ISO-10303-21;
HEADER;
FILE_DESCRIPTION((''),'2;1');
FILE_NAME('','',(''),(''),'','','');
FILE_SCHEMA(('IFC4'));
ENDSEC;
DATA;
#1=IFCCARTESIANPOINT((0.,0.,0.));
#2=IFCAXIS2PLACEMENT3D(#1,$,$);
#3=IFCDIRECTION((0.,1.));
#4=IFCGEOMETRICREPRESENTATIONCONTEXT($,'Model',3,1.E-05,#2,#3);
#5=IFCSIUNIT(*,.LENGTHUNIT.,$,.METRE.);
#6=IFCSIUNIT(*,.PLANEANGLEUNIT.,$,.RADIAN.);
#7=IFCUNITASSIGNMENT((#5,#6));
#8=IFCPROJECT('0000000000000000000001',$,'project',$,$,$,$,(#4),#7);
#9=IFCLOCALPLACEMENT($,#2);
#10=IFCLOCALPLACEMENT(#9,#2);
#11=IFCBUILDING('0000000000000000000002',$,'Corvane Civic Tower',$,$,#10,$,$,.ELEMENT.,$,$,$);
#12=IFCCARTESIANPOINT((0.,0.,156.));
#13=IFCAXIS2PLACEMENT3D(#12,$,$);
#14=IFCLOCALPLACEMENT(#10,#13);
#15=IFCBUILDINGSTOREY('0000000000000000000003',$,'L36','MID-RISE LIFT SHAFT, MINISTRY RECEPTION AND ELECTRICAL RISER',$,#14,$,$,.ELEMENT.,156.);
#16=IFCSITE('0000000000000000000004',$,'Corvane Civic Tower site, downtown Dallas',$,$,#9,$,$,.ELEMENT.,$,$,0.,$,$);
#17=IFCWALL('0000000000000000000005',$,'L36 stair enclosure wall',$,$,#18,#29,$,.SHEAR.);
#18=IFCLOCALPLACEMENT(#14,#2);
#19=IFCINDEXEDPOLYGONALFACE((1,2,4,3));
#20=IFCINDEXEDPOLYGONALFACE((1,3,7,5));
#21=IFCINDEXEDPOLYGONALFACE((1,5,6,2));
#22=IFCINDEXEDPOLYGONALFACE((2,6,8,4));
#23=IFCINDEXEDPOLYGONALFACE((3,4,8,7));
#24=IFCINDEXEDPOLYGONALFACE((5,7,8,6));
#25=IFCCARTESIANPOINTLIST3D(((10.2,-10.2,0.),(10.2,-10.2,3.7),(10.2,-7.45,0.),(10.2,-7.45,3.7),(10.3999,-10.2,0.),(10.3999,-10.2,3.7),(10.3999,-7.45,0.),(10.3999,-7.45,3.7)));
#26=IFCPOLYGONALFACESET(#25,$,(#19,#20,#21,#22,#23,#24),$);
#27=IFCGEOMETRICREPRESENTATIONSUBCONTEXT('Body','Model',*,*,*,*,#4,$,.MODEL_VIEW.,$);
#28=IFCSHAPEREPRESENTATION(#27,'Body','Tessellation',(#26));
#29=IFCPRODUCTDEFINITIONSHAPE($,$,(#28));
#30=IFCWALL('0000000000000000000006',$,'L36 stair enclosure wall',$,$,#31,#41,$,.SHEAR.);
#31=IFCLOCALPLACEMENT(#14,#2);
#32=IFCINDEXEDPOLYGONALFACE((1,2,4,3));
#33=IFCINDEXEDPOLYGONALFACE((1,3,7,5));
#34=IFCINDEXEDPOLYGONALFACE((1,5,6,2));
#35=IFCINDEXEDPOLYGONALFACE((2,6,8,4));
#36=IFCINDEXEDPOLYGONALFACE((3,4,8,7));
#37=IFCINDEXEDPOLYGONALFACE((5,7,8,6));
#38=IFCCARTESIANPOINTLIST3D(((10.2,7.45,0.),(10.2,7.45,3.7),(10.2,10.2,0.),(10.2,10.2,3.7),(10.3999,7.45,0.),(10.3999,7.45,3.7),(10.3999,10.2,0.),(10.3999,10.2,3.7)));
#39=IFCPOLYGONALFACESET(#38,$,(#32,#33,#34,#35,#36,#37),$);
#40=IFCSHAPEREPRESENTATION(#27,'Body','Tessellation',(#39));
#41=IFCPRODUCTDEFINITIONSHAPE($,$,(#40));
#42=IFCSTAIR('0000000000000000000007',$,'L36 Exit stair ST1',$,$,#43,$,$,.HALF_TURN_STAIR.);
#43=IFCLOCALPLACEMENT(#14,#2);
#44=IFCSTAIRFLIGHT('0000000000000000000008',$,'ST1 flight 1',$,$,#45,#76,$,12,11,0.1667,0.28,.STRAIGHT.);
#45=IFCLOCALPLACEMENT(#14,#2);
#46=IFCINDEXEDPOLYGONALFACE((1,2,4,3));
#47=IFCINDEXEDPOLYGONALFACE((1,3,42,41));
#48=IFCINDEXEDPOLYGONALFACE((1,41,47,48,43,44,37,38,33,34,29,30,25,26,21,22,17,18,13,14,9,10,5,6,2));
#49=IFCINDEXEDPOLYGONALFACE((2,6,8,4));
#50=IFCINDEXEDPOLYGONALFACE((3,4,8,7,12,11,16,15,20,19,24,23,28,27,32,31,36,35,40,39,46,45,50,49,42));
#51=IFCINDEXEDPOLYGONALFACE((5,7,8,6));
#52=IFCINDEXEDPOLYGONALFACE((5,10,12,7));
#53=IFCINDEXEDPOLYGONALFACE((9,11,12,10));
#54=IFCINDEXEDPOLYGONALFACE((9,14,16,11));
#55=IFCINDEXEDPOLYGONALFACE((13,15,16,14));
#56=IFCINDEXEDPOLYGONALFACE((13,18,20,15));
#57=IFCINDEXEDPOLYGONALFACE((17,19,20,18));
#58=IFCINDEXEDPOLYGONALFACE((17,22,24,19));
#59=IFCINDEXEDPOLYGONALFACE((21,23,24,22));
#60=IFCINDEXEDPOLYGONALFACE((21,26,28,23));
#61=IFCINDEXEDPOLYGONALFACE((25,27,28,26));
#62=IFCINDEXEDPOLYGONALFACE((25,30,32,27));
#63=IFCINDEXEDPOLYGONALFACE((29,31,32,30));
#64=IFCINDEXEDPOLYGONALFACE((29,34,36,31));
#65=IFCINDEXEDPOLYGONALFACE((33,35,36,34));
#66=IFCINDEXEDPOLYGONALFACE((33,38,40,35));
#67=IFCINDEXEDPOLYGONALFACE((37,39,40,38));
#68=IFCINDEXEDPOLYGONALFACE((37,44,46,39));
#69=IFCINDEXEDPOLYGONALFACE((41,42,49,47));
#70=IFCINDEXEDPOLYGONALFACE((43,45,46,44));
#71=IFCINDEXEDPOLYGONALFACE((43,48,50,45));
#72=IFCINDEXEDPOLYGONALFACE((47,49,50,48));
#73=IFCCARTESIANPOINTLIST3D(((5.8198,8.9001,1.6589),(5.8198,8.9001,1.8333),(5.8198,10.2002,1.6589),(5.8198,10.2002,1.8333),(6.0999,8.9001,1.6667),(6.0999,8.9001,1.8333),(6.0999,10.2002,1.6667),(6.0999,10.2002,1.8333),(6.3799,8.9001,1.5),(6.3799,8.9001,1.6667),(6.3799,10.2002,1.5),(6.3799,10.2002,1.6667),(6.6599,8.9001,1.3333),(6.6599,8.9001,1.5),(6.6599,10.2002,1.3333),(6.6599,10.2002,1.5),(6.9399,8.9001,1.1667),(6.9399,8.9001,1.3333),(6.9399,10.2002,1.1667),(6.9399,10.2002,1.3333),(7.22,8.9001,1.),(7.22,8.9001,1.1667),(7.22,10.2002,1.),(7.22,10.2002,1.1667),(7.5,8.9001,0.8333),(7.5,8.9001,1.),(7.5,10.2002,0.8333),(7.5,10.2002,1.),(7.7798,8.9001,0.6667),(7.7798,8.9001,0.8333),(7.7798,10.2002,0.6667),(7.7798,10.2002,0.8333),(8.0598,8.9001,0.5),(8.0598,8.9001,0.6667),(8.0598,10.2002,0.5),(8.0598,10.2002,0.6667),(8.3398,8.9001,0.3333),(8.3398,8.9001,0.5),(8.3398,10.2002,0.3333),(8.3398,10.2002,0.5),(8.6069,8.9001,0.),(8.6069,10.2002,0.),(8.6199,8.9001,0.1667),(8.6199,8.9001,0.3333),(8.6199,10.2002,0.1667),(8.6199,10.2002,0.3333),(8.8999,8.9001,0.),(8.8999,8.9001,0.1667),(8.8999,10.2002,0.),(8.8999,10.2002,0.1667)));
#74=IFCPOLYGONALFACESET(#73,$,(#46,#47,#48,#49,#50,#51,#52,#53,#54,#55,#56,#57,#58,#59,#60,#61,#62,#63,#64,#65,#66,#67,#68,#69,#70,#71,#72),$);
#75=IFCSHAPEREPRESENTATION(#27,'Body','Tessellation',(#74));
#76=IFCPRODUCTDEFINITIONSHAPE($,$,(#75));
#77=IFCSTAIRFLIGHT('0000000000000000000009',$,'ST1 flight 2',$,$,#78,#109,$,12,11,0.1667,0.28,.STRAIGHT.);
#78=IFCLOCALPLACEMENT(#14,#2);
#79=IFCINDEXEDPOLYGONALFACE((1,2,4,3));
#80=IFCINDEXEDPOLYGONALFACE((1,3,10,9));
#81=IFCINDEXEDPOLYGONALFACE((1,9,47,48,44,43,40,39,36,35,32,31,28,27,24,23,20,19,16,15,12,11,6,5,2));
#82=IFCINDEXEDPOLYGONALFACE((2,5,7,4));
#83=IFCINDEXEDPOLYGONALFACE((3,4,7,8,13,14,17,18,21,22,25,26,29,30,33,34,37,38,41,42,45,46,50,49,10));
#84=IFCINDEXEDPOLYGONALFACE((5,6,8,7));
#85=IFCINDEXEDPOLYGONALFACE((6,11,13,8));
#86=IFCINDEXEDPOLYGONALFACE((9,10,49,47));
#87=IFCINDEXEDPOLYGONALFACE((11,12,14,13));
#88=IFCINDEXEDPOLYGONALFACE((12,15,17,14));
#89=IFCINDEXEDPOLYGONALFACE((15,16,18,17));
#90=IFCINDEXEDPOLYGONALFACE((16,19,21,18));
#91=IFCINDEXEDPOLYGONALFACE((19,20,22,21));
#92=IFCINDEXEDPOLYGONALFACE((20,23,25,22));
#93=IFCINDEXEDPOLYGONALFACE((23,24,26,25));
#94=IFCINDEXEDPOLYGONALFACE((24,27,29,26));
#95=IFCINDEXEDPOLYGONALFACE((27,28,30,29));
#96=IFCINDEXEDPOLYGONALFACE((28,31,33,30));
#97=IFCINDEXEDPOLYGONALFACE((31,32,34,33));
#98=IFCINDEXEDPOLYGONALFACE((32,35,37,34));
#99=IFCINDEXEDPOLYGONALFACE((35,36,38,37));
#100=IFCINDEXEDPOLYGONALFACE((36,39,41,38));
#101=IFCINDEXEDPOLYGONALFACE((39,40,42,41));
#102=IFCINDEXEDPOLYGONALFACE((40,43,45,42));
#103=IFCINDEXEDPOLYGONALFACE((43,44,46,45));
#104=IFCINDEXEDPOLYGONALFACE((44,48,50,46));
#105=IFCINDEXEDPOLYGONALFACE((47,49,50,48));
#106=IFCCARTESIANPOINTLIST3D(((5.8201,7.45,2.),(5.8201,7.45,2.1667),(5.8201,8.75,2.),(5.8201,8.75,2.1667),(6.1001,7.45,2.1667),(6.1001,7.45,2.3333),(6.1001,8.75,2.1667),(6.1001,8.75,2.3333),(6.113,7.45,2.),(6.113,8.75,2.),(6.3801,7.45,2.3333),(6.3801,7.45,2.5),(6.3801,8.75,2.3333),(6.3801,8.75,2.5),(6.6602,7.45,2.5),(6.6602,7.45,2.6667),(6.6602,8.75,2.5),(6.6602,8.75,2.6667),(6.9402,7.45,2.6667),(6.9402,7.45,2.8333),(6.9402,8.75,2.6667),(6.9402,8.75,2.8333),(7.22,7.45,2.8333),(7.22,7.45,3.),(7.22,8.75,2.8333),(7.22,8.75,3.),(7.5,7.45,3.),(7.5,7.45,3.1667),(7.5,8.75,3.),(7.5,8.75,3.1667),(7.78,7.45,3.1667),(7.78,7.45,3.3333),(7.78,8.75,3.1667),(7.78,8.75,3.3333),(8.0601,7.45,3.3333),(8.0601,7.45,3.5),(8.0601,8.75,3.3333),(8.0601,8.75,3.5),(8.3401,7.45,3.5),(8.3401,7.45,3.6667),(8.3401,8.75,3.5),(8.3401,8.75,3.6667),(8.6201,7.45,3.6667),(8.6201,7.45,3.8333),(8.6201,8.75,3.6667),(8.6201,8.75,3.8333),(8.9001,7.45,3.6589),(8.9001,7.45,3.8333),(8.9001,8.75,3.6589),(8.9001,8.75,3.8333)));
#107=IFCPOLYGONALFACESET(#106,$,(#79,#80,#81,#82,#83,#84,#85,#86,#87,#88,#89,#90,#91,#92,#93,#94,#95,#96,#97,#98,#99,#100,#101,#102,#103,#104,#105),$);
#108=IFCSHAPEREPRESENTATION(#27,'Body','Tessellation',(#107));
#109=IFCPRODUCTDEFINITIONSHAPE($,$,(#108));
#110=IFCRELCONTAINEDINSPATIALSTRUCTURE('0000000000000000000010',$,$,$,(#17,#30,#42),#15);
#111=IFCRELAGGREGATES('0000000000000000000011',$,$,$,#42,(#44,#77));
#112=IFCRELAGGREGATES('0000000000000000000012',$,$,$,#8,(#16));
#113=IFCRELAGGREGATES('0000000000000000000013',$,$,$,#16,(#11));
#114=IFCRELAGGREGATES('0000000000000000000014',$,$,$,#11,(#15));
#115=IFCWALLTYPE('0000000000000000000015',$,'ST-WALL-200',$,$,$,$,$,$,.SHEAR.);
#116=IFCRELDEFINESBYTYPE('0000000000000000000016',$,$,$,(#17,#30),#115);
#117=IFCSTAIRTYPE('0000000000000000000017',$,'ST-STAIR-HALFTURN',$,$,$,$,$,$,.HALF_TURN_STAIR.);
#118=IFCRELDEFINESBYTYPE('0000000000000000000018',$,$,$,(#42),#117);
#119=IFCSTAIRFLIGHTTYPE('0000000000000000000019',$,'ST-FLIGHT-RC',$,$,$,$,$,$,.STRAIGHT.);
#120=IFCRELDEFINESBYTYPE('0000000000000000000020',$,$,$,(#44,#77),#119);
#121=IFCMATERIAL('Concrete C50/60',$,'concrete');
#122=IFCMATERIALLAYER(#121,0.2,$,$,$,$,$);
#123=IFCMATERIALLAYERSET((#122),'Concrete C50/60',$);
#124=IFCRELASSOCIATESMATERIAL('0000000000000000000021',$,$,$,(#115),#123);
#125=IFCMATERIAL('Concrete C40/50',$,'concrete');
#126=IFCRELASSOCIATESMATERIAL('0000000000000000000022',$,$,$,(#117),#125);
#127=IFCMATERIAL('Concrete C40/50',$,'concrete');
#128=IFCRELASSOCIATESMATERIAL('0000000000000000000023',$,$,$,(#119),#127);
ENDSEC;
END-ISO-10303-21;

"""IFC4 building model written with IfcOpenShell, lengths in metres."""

from ifc_helpers import new_model, si_unit, direction, frame, origin, place, context, subcontext, project, spatial, polyline, outline, extrude, material, layer, layer_set, type_object, element, aggregate, save


model = new_model("IFC4")

# Units and contexts
model_context = context("Model", 3, precision=1e-05, world=origin(), true_north=direction((0.0, 1.0)))
body_context = subcontext(model_context, "Body", "Model", "MODEL_VIEW")
ifc_project = project(units=[si_unit("LENGTHUNIT", "METRE"), si_unit("PLANEANGLEUNIT", "RADIAN")], contexts=[model_context])

# Site, building, storey
site_placement = place(None, origin())
site = spatial("IfcSite", under=ifc_project, at=site_placement, Name="Corvane Civic Tower site, downtown Dallas", CompositionType="ELEMENT", RefElevation=0.0)
building_placement = place(site_placement, origin())
building = spatial("IfcBuilding", under=site, at=building_placement, Name="Corvane Civic Tower", CompositionType="ELEMENT")
storey_placement = place(building_placement, frame((0.0, 0.0, 156.0)))
storey = spatial("IfcBuildingStorey", under=building, at=storey_placement, Name="L36", Description="MID-RISE LIFT SHAFT, MINISTRY RECEPTION AND ELECTRICAL RISER", CompositionType="ELEMENT", Elevation=156.0)

# Shared definitions
ifc_material_1 = material(Name="Concrete C50/60", Category="concrete")
ifc_layer_1 = layer(ifc_material_1, 0.2)
ifc_layer_set_1 = layer_set([ifc_layer_1], Name="Concrete C50/60")
wall_type_1 = type_object("IfcWallType", Name="ST-WALL-200", PredefinedType="SHEAR", material=ifc_layer_set_1)

# Walls
wall_1_placement = place(storey_placement, origin())
element("IfcWall", 1, at=wall_1_placement, inside=storey, type_object=wall_type_1, Name="L36 stair enclosure wall", PredefinedType="SHEAR", context=body_context, shape_type="SweptSolid", body=[
    extrude(outline(polyline([(10.3999, -7.45), (10.3999, -10.2), (10.2, -10.2), (10.2, -7.45), (10.3999, -7.45)])), origin(), (0.0, 0.0, 1.0), 3.7),
])
wall_2_placement = place(storey_placement, origin())
element("IfcWall", 2, at=wall_2_placement, inside=storey, type_object=wall_type_1, Name="L36 stair enclosure wall", PredefinedType="SHEAR", context=body_context, shape_type="SweptSolid", body=[
    extrude(outline(polyline([(10.3999, 7.45), (10.2, 7.45), (10.2, 10.2), (10.3999, 10.2), (10.3999, 7.45)])), origin(), (0.0, 0.0, 1.0), 3.7),
])

# Stair, stair flights
ifc_material_2 = material(Name="Concrete C40/50", Category="concrete")
stair_type = type_object("IfcStairType", Name="ST-STAIR-HALFTURN", PredefinedType="HALF_TURN_STAIR", material=ifc_material_2)
stair_placement = place(storey_placement, origin())
stair = element("IfcStair", 3, at=stair_placement, inside=storey, type_object=stair_type, Name="L36 Exit stair ST1", PredefinedType="HALF_TURN_STAIR")
ifc_material_3 = material(Name="Concrete C40/50", Category="concrete")
stair_flight_type = type_object("IfcStairFlightType", Name="ST-FLIGHT-RC", PredefinedType="STRAIGHT", material=ifc_material_3)
stair_flight_1_placement = place(storey_placement, frame((8.8999, 9.55, 0.0), z_axis=(0.0, 0.0, 1.0), x_axis=(-1.0, 0.0, 0.0)))
stair_flight_1 = element("IfcStairFlight", 4, at=stair_flight_1_placement, type_object=stair_flight_type, Name="ST1 flight 1", NumberOfRisers=12, NumberOfTreads=11, PredefinedType="STRAIGHT", RiserHeight=0.1667, TreadLength=0.28, context=body_context, shape_type="SweptSolid", body=[
    extrude(outline(polyline([(0.0, 0.0), (0.0, 0.1667), (0.28, 0.1667), (0.28, 0.3333), (0.5601, 0.3333), (0.5601, 0.5), (0.8401, 0.5), (0.8401, 0.6667), (1.1201, 0.6667), (1.1201, 0.8333), (1.3999, 0.8333), (1.3999, 1.0), (1.6799, 1.0), (1.6799, 1.1667), (1.96, 1.1667), (1.96, 1.3333), (2.24, 1.3333), (2.24, 1.5), (2.52, 1.5), (2.52, 1.6667), (2.8, 1.6667), (2.8, 1.8333), (3.0801, 1.8333), (3.0801, 2.0), (3.0801, 1.6589), (0.293, 0.0), (0.0, 0.0)])), frame((0.0, 0.6499, 0.0), z_axis=(0.0, -1.0, 0.0), x_axis=(1.0, 0.0, 0.0)), (0.0, 0.0, 1.0), 1.3),
])
stair_flight_2_placement = place(storey_placement, frame((5.8201, 8.1001, 2.0), z_axis=(0.0, 0.0, 1.0), x_axis=(1.0, 0.0, 0.0)))
stair_flight_2 = element("IfcStairFlight", 5, at=stair_flight_2_placement, type_object=stair_flight_type, Name="ST1 flight 2", NumberOfRisers=12, NumberOfTreads=11, PredefinedType="STRAIGHT", RiserHeight=0.1667, TreadLength=0.28, context=body_context, shape_type="SweptSolid", body=[
    extrude(outline(polyline([(0.0, 0.0), (0.0, 0.1667), (0.28, 0.1667), (0.28, 0.3333), (0.5601, 0.3333), (0.5601, 0.5), (0.8401, 0.5), (0.8401, 0.6667), (1.1201, 0.6667), (1.1201, 0.8333), (1.3999, 0.8333), (1.3999, 1.0), (1.6799, 1.0), (1.6799, 1.1667), (1.96, 1.1667), (1.96, 1.3333), (2.24, 1.3333), (2.24, 1.5), (2.52, 1.5), (2.52, 1.6667), (2.8, 1.6667), (2.8, 1.8333), (3.0801, 1.8333), (3.0801, 2.0), (3.0801, 1.6589), (0.293, 0.0), (0.0, 0.0)])), frame((0.0, 0.6499, 0.0), z_axis=(0.0, -1.0, 0.0), x_axis=(1.0, 0.0, 0.0)), (0.0, 0.0, 1.0), 1.3),
])
aggregate(stair, [stair_flight_1, stair_flight_2])

save(model, "model.ifc")
